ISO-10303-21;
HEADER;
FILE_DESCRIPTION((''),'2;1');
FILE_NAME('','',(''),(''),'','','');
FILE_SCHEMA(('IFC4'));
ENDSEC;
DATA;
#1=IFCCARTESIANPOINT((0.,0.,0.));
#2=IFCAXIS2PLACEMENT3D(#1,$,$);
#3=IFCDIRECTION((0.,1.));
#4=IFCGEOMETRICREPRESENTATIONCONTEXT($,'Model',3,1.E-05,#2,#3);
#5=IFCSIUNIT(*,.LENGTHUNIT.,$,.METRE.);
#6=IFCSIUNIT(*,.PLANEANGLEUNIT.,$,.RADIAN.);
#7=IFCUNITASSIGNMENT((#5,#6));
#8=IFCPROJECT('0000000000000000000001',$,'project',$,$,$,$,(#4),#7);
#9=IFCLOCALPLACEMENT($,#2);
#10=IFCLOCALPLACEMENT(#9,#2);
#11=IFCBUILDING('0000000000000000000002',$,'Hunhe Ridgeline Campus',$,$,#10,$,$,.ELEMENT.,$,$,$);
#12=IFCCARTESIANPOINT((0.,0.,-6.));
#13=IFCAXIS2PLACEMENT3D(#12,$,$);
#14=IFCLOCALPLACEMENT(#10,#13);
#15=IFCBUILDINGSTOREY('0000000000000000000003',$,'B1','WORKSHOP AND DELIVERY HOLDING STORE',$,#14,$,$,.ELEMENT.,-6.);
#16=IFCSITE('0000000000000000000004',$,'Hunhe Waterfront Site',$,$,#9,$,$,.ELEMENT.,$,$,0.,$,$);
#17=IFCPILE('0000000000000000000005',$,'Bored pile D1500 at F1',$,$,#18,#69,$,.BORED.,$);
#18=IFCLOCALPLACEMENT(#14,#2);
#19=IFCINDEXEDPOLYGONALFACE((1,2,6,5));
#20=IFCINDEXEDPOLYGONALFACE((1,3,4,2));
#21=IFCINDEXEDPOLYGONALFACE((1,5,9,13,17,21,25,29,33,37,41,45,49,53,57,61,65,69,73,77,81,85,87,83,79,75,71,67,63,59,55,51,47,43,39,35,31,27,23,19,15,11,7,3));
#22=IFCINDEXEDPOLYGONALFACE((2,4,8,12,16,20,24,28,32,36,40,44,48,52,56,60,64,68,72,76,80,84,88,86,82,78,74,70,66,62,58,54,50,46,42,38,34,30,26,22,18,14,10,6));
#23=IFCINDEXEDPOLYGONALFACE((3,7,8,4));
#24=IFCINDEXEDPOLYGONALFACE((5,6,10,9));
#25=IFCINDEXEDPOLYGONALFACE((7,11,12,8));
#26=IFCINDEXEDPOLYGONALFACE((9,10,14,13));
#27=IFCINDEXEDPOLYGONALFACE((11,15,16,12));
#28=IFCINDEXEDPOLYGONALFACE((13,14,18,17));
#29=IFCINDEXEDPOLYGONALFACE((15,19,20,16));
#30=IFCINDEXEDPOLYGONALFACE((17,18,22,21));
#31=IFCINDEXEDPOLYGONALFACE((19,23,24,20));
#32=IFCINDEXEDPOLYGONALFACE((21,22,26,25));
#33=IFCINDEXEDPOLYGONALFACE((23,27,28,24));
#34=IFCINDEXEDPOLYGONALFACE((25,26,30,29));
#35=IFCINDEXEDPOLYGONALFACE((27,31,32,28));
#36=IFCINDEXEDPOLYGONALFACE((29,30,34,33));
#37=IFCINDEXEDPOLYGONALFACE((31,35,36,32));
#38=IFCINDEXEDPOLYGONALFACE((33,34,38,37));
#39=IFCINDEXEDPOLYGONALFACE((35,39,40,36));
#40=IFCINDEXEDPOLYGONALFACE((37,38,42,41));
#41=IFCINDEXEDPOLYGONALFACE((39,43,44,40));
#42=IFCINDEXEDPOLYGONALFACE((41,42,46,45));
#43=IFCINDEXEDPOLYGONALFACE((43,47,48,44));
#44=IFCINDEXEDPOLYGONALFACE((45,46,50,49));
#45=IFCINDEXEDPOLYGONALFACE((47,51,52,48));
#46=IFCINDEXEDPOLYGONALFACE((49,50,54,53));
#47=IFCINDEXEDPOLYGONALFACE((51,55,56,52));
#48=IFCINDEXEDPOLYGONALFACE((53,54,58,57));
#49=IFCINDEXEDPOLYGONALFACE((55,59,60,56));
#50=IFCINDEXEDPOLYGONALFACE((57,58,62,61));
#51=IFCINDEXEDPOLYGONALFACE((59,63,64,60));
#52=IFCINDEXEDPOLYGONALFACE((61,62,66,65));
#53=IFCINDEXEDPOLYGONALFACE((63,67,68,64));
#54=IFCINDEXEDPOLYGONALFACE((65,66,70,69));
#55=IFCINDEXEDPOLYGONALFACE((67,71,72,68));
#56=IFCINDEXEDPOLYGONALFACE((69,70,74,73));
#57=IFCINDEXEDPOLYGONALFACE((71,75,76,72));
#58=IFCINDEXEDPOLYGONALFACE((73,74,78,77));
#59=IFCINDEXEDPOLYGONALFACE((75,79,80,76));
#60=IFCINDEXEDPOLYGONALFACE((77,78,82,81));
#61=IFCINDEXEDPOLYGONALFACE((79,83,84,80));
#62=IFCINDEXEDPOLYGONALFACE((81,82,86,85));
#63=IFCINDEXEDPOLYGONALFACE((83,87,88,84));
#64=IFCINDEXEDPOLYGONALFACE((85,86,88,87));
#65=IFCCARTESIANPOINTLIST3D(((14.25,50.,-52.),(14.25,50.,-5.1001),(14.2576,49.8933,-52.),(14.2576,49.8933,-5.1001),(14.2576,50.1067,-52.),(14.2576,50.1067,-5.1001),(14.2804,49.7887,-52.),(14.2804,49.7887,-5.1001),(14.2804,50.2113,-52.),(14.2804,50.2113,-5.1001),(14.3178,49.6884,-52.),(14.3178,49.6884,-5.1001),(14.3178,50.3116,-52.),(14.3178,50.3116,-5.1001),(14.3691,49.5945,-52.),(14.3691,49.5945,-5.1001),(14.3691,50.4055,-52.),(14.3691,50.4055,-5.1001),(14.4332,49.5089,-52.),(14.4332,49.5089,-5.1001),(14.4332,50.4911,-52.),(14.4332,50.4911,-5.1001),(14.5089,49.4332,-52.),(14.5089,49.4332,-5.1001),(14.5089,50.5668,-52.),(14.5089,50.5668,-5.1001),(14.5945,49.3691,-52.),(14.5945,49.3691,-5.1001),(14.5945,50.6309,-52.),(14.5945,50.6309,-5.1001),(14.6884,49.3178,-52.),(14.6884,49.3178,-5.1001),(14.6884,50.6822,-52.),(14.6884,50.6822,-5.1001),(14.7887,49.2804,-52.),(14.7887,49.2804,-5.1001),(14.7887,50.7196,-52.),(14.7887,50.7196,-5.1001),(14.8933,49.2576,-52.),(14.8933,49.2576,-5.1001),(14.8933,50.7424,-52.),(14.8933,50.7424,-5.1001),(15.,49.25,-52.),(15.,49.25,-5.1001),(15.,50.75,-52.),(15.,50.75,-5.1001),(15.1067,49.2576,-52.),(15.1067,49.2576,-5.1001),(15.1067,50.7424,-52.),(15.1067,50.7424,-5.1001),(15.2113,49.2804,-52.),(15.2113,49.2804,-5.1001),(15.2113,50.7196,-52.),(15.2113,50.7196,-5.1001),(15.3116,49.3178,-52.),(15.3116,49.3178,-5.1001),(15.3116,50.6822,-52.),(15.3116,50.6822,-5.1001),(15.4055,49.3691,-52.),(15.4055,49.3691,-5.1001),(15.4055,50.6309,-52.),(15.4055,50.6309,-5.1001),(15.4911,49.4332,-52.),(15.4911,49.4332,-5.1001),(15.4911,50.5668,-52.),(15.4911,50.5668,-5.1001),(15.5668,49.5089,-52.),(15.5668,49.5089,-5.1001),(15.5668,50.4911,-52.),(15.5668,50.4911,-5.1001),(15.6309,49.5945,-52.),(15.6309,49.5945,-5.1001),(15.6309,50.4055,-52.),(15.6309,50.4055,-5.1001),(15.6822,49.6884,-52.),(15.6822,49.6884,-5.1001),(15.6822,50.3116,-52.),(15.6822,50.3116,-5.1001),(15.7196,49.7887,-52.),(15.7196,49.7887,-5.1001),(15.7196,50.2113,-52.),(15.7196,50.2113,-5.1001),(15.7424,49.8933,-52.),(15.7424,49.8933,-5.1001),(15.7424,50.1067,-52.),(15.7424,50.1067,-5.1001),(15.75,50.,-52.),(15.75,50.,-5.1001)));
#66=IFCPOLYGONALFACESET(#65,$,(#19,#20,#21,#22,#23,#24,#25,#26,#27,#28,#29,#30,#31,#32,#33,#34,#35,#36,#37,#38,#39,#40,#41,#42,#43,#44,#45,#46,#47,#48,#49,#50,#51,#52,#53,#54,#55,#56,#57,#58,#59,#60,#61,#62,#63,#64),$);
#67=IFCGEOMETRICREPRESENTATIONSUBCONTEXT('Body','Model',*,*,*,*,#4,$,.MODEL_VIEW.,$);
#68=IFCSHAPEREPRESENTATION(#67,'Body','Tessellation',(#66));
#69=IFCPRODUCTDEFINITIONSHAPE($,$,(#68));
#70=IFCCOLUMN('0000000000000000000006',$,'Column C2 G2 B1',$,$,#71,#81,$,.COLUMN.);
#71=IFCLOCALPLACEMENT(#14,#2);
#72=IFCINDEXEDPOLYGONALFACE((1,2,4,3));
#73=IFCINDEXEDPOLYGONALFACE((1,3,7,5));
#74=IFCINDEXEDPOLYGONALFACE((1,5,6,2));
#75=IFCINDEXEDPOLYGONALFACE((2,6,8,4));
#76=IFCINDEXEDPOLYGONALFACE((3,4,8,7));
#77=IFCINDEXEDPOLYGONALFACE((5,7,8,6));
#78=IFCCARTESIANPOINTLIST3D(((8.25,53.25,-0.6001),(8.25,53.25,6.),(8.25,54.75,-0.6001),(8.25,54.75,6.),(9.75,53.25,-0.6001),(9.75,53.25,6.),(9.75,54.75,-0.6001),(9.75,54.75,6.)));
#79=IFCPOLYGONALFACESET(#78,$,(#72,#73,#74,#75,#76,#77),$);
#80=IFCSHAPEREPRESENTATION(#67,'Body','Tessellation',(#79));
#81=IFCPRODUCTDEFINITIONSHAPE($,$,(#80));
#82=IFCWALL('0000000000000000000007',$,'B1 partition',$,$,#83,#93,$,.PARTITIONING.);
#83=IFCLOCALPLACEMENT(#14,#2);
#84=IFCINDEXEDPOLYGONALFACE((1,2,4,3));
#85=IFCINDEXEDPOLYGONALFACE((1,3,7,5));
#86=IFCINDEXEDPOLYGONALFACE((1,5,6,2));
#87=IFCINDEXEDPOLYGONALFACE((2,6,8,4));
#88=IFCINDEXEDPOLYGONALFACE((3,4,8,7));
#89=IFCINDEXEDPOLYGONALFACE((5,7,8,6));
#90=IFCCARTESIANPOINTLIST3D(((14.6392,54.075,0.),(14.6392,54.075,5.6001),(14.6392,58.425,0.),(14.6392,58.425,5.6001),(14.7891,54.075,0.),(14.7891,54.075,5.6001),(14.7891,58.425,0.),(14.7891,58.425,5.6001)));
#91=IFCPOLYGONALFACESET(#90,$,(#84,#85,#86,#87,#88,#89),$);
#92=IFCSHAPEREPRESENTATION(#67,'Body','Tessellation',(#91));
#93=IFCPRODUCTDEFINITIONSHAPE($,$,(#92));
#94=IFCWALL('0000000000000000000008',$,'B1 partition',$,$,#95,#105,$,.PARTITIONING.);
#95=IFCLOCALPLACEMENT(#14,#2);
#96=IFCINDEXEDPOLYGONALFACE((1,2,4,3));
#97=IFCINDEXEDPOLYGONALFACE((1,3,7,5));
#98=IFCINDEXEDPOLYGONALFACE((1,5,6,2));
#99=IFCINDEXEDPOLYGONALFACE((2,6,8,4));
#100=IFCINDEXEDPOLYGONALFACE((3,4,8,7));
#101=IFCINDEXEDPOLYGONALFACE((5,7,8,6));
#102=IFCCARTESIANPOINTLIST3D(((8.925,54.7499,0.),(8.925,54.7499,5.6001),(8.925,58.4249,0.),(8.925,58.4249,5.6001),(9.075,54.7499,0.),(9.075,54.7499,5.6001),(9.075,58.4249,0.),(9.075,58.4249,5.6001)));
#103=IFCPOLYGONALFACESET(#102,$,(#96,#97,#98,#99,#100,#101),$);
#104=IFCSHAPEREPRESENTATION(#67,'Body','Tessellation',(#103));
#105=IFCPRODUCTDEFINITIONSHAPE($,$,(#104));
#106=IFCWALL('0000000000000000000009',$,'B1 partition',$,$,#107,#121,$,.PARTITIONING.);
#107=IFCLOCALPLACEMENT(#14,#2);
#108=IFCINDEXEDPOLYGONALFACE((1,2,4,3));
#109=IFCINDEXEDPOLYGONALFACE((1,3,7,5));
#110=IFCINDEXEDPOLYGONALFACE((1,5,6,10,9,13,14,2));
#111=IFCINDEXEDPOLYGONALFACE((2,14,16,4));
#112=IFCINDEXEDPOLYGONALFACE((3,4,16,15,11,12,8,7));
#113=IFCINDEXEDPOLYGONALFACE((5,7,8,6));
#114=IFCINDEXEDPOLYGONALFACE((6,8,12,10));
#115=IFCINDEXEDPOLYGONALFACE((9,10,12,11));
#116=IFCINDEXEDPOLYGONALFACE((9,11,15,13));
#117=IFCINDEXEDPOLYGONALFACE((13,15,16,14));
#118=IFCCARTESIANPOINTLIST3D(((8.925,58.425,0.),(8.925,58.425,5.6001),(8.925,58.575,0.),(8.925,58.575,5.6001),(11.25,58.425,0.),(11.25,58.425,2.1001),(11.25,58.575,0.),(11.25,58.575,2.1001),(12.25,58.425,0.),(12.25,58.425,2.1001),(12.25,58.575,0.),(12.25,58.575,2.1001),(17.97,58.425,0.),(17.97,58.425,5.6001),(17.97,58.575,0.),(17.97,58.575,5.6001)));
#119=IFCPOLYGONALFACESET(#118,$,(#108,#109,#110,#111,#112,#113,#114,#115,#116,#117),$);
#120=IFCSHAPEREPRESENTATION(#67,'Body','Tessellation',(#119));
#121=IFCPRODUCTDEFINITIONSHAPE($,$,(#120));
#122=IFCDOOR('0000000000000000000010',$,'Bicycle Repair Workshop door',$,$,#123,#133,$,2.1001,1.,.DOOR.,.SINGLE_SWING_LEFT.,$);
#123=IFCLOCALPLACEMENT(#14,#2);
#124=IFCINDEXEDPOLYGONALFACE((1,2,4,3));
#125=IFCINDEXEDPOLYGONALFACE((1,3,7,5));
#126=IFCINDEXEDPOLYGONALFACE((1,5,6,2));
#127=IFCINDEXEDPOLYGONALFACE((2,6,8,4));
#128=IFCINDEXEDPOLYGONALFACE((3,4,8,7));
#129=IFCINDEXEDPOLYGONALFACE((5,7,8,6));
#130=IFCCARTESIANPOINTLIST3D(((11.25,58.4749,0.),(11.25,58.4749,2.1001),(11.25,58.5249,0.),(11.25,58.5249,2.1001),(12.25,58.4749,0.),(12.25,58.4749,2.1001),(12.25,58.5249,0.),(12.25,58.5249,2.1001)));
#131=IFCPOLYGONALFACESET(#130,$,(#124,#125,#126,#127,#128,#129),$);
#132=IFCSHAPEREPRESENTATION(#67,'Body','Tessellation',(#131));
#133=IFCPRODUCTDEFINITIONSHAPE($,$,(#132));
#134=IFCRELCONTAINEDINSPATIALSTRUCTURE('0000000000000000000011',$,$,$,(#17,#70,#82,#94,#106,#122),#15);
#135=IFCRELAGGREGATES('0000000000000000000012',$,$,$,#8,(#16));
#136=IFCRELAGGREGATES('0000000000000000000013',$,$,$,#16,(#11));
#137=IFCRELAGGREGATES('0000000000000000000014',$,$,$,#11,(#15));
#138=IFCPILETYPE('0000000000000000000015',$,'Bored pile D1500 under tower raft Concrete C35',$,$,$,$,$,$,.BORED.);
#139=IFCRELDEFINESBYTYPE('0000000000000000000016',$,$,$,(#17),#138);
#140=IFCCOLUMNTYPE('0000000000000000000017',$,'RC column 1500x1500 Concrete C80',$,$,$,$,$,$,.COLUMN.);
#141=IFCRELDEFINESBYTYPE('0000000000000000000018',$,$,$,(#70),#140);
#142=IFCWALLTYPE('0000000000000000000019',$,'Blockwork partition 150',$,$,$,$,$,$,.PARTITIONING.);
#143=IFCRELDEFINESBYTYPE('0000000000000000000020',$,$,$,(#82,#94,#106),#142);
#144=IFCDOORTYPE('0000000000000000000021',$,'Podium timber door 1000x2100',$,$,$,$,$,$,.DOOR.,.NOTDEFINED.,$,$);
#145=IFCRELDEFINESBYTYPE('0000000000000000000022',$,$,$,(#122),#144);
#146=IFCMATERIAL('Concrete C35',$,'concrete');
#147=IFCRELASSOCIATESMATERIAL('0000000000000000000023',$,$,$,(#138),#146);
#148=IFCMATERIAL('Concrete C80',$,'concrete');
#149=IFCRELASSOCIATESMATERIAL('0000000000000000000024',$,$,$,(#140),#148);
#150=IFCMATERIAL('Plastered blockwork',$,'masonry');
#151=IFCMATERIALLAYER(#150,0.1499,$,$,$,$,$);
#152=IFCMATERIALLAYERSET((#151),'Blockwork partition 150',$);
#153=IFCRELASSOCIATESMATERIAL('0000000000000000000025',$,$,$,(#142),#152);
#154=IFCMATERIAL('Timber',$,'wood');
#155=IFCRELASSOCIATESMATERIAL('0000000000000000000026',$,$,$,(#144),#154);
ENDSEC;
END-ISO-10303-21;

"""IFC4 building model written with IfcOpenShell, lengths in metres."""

from ifc_helpers import new_model, si_unit, direction, frame, frame_2d, origin, origin_2d, place, context, subcontext, project, spatial, rectangle, circle, extrude, material, layer, layer_set, material_profile, profile_set, type_object, element, fill, save


model = new_model("IFC4")

# Units and contexts
model_context = context("Model", 3, precision=1e-05, world=origin(), true_north=direction((0.0, 1.0)))
body_context = subcontext(model_context, "Body", "Model", "MODEL_VIEW")
ifc_project = project(units=[si_unit("LENGTHUNIT", "METRE"), si_unit("PLANEANGLEUNIT", "RADIAN")], contexts=[model_context])

# Site, building, storey
site_placement = place(None, origin())
site = spatial("IfcSite", under=ifc_project, at=site_placement, Name="Hunhe Waterfront Site", CompositionType="ELEMENT", RefElevation=0.0)
building_placement = place(site_placement, origin())
building = spatial("IfcBuilding", under=site, at=building_placement, Name="Hunhe Ridgeline Campus", CompositionType="ELEMENT")
storey_placement = place(building_placement, frame((0.0, 0.0, -6.0)))
storey = spatial("IfcBuildingStorey", under=building, at=storey_placement, Name="B1", Description="WORKSHOP AND DELIVERY HOLDING STORE", CompositionType="ELEMENT", Elevation=-6.0)

# Pile
ifc_material_1 = material(Name="Concrete C35", Category="concrete")
ifc_material_profile_1 = material_profile(ifc_material_1, circle(Radius=0.75, at=origin_2d()))
ifc_profile_set_1 = profile_set([ifc_material_profile_1], Name="Concrete C35")
pile_type = type_object("IfcPileType", Name="Bored pile D1500 under tower raft Concrete C35", PredefinedType="BORED", material=ifc_profile_set_1)
for number, where, z_axis, x_axis, name in (
    (1, (15.0, 50.0, -5.1001), (0.0, 0.0, -1.0), (1.0, 0.0, 0.0), "Bored pile D1500 at F1"),
):
    element("IfcPile", number, at=place(storey_placement, frame(where, z_axis=z_axis, x_axis=x_axis)), inside=storey, type_object=pile_type, Name=name, PredefinedType="BORED", context=body_context, shape_type="SweptSolid", body=[
        extrude(circle(Radius=0.75, at=origin_2d()), origin(), (0.0, 0.0, 1.0), 46.8999),
    ])

# Column
ifc_material_2 = material(Name="Concrete C80", Category="concrete")
ifc_material_profile_2 = material_profile(ifc_material_2, rectangle(XDim=1.5, YDim=1.5, at=origin_2d()))
ifc_profile_set_2 = profile_set([ifc_material_profile_2], Name="Concrete C80")
column_type = type_object("IfcColumnType", Name="RC column 1500x1500 Concrete C80", PredefinedType="COLUMN", material=ifc_profile_set_2)
column_placement = place(storey_placement, frame((9.0, 54.0, -0.6001), z_axis=(0.0, 0.0, 1.0), x_axis=(1.0, 0.0, 0.0)))
element("IfcColumn", 2, at=column_placement, inside=storey, type_object=column_type, Name="Column C2 G2 B1", PredefinedType="COLUMN", context=body_context, shape_type="SweptSolid", body=[
    extrude(rectangle(XDim=1.5, YDim=1.5, at=origin_2d()), origin(), (0.0, 0.0, 1.0), 6.6001),
])

# Walls
ifc_material_3 = material(Name="Plastered blockwork", Category="masonry")
ifc_layer_1 = layer(ifc_material_3, 0.1499)
ifc_layer_set_1 = layer_set([ifc_layer_1], Name="Blockwork partition 150")
wall_type_1 = type_object("IfcWallType", Name="Blockwork partition 150", PredefinedType="PARTITIONING", material=ifc_layer_set_1)
wall_1_placement = place(storey_placement, frame((14.7141, 54.075, 0.0), z_axis=(0.0, 0.0, 1.0), x_axis=(0.0, 1.0, 0.0)))
element("IfcWall", 3, at=wall_1_placement, inside=storey, type_object=wall_type_1, Name="B1 partition", PredefinedType="PARTITIONING", context=body_context, shape_type="SweptSolid", body=[
    extrude(rectangle(XDim=4.3501, YDim=0.1499, at=frame_2d((2.175, 0.0))), origin(), (0.0, 0.0, 1.0), 5.6001),
])
wall_2_placement = place(storey_placement, frame((9.0, 54.75, 0.0), z_axis=(0.0, 0.0, 1.0), x_axis=(0.0, 1.0, 0.0)))
element("IfcWall", 4, at=wall_2_placement, inside=storey, type_object=wall_type_1, Name="B1 partition", PredefinedType="PARTITIONING", context=body_context, shape_type="SweptSolid", body=[
    extrude(rectangle(XDim=3.675, YDim=0.1499, at=frame_2d((1.8374, 0.0))), origin(), (0.0, 0.0, 1.0), 5.6001),
])

# Wall, opening, door
wall_3_placement = place(storey_placement, frame((8.925, 58.5, 0.0), z_axis=(0.0, 0.0, 1.0), x_axis=(1.0, 0.0, 0.0)))
wall_3 = element("IfcWall", 5, at=wall_3_placement, inside=storey, type_object=wall_type_1, Name="B1 partition", PredefinedType="PARTITIONING", context=body_context, shape_type="SweptSolid", body=[
    extrude(rectangle(XDim=9.0449, YDim=0.1499, at=frame_2d((4.5225, 0.0))), origin(), (0.0, 0.0, 1.0), 5.6001),
])
opening_1_placement = place(wall_3_placement, frame((2.325, 0.0, 0.0)))
opening_1 = element("IfcOpeningElement", 6, at=opening_1_placement, cuts=wall_3, PredefinedType="OPENING", context=body_context, shape_type="SweptSolid", body=[
    extrude(rectangle(XDim=1.0, YDim=2.1001, at=frame_2d((0.5, 1.05))), frame((0.0, 0.075, 0.0), z_axis=(0.0, -1.0, 0.0), x_axis=(1.0, 0.0, 0.0)), (0.0, 0.0, 1.0), 0.1499),
])
ifc_material_4 = material(Name="Timber", Category="wood")
door_type_1 = type_object("IfcDoorType", Name="Podium timber door 1000x2100", OperationType="NOTDEFINED", PredefinedType="DOOR", material=ifc_material_4)
door_1_placement = place(opening_1_placement, origin())
door_1 = element("IfcDoor", 7, at=door_1_placement, inside=storey, type_object=door_type_1, Name="Bicycle Repair Workshop door", OperationType="SINGLE_SWING_LEFT", OverallHeight=2.1001, OverallWidth=1.0, PredefinedType="DOOR", context=body_context, shape_type="SweptSolid", body=[
    extrude(rectangle(XDim=1.0, YDim=2.1001, at=frame_2d((0.5, 1.05))), frame((0.0, 0.0249, 0.0), z_axis=(0.0, -1.0, 0.0), x_axis=(1.0, 0.0, 0.0)), (0.0, 0.0, 1.0), 0.05),
])
fill(opening_1, door_1)

save(model, "model.ifc")
